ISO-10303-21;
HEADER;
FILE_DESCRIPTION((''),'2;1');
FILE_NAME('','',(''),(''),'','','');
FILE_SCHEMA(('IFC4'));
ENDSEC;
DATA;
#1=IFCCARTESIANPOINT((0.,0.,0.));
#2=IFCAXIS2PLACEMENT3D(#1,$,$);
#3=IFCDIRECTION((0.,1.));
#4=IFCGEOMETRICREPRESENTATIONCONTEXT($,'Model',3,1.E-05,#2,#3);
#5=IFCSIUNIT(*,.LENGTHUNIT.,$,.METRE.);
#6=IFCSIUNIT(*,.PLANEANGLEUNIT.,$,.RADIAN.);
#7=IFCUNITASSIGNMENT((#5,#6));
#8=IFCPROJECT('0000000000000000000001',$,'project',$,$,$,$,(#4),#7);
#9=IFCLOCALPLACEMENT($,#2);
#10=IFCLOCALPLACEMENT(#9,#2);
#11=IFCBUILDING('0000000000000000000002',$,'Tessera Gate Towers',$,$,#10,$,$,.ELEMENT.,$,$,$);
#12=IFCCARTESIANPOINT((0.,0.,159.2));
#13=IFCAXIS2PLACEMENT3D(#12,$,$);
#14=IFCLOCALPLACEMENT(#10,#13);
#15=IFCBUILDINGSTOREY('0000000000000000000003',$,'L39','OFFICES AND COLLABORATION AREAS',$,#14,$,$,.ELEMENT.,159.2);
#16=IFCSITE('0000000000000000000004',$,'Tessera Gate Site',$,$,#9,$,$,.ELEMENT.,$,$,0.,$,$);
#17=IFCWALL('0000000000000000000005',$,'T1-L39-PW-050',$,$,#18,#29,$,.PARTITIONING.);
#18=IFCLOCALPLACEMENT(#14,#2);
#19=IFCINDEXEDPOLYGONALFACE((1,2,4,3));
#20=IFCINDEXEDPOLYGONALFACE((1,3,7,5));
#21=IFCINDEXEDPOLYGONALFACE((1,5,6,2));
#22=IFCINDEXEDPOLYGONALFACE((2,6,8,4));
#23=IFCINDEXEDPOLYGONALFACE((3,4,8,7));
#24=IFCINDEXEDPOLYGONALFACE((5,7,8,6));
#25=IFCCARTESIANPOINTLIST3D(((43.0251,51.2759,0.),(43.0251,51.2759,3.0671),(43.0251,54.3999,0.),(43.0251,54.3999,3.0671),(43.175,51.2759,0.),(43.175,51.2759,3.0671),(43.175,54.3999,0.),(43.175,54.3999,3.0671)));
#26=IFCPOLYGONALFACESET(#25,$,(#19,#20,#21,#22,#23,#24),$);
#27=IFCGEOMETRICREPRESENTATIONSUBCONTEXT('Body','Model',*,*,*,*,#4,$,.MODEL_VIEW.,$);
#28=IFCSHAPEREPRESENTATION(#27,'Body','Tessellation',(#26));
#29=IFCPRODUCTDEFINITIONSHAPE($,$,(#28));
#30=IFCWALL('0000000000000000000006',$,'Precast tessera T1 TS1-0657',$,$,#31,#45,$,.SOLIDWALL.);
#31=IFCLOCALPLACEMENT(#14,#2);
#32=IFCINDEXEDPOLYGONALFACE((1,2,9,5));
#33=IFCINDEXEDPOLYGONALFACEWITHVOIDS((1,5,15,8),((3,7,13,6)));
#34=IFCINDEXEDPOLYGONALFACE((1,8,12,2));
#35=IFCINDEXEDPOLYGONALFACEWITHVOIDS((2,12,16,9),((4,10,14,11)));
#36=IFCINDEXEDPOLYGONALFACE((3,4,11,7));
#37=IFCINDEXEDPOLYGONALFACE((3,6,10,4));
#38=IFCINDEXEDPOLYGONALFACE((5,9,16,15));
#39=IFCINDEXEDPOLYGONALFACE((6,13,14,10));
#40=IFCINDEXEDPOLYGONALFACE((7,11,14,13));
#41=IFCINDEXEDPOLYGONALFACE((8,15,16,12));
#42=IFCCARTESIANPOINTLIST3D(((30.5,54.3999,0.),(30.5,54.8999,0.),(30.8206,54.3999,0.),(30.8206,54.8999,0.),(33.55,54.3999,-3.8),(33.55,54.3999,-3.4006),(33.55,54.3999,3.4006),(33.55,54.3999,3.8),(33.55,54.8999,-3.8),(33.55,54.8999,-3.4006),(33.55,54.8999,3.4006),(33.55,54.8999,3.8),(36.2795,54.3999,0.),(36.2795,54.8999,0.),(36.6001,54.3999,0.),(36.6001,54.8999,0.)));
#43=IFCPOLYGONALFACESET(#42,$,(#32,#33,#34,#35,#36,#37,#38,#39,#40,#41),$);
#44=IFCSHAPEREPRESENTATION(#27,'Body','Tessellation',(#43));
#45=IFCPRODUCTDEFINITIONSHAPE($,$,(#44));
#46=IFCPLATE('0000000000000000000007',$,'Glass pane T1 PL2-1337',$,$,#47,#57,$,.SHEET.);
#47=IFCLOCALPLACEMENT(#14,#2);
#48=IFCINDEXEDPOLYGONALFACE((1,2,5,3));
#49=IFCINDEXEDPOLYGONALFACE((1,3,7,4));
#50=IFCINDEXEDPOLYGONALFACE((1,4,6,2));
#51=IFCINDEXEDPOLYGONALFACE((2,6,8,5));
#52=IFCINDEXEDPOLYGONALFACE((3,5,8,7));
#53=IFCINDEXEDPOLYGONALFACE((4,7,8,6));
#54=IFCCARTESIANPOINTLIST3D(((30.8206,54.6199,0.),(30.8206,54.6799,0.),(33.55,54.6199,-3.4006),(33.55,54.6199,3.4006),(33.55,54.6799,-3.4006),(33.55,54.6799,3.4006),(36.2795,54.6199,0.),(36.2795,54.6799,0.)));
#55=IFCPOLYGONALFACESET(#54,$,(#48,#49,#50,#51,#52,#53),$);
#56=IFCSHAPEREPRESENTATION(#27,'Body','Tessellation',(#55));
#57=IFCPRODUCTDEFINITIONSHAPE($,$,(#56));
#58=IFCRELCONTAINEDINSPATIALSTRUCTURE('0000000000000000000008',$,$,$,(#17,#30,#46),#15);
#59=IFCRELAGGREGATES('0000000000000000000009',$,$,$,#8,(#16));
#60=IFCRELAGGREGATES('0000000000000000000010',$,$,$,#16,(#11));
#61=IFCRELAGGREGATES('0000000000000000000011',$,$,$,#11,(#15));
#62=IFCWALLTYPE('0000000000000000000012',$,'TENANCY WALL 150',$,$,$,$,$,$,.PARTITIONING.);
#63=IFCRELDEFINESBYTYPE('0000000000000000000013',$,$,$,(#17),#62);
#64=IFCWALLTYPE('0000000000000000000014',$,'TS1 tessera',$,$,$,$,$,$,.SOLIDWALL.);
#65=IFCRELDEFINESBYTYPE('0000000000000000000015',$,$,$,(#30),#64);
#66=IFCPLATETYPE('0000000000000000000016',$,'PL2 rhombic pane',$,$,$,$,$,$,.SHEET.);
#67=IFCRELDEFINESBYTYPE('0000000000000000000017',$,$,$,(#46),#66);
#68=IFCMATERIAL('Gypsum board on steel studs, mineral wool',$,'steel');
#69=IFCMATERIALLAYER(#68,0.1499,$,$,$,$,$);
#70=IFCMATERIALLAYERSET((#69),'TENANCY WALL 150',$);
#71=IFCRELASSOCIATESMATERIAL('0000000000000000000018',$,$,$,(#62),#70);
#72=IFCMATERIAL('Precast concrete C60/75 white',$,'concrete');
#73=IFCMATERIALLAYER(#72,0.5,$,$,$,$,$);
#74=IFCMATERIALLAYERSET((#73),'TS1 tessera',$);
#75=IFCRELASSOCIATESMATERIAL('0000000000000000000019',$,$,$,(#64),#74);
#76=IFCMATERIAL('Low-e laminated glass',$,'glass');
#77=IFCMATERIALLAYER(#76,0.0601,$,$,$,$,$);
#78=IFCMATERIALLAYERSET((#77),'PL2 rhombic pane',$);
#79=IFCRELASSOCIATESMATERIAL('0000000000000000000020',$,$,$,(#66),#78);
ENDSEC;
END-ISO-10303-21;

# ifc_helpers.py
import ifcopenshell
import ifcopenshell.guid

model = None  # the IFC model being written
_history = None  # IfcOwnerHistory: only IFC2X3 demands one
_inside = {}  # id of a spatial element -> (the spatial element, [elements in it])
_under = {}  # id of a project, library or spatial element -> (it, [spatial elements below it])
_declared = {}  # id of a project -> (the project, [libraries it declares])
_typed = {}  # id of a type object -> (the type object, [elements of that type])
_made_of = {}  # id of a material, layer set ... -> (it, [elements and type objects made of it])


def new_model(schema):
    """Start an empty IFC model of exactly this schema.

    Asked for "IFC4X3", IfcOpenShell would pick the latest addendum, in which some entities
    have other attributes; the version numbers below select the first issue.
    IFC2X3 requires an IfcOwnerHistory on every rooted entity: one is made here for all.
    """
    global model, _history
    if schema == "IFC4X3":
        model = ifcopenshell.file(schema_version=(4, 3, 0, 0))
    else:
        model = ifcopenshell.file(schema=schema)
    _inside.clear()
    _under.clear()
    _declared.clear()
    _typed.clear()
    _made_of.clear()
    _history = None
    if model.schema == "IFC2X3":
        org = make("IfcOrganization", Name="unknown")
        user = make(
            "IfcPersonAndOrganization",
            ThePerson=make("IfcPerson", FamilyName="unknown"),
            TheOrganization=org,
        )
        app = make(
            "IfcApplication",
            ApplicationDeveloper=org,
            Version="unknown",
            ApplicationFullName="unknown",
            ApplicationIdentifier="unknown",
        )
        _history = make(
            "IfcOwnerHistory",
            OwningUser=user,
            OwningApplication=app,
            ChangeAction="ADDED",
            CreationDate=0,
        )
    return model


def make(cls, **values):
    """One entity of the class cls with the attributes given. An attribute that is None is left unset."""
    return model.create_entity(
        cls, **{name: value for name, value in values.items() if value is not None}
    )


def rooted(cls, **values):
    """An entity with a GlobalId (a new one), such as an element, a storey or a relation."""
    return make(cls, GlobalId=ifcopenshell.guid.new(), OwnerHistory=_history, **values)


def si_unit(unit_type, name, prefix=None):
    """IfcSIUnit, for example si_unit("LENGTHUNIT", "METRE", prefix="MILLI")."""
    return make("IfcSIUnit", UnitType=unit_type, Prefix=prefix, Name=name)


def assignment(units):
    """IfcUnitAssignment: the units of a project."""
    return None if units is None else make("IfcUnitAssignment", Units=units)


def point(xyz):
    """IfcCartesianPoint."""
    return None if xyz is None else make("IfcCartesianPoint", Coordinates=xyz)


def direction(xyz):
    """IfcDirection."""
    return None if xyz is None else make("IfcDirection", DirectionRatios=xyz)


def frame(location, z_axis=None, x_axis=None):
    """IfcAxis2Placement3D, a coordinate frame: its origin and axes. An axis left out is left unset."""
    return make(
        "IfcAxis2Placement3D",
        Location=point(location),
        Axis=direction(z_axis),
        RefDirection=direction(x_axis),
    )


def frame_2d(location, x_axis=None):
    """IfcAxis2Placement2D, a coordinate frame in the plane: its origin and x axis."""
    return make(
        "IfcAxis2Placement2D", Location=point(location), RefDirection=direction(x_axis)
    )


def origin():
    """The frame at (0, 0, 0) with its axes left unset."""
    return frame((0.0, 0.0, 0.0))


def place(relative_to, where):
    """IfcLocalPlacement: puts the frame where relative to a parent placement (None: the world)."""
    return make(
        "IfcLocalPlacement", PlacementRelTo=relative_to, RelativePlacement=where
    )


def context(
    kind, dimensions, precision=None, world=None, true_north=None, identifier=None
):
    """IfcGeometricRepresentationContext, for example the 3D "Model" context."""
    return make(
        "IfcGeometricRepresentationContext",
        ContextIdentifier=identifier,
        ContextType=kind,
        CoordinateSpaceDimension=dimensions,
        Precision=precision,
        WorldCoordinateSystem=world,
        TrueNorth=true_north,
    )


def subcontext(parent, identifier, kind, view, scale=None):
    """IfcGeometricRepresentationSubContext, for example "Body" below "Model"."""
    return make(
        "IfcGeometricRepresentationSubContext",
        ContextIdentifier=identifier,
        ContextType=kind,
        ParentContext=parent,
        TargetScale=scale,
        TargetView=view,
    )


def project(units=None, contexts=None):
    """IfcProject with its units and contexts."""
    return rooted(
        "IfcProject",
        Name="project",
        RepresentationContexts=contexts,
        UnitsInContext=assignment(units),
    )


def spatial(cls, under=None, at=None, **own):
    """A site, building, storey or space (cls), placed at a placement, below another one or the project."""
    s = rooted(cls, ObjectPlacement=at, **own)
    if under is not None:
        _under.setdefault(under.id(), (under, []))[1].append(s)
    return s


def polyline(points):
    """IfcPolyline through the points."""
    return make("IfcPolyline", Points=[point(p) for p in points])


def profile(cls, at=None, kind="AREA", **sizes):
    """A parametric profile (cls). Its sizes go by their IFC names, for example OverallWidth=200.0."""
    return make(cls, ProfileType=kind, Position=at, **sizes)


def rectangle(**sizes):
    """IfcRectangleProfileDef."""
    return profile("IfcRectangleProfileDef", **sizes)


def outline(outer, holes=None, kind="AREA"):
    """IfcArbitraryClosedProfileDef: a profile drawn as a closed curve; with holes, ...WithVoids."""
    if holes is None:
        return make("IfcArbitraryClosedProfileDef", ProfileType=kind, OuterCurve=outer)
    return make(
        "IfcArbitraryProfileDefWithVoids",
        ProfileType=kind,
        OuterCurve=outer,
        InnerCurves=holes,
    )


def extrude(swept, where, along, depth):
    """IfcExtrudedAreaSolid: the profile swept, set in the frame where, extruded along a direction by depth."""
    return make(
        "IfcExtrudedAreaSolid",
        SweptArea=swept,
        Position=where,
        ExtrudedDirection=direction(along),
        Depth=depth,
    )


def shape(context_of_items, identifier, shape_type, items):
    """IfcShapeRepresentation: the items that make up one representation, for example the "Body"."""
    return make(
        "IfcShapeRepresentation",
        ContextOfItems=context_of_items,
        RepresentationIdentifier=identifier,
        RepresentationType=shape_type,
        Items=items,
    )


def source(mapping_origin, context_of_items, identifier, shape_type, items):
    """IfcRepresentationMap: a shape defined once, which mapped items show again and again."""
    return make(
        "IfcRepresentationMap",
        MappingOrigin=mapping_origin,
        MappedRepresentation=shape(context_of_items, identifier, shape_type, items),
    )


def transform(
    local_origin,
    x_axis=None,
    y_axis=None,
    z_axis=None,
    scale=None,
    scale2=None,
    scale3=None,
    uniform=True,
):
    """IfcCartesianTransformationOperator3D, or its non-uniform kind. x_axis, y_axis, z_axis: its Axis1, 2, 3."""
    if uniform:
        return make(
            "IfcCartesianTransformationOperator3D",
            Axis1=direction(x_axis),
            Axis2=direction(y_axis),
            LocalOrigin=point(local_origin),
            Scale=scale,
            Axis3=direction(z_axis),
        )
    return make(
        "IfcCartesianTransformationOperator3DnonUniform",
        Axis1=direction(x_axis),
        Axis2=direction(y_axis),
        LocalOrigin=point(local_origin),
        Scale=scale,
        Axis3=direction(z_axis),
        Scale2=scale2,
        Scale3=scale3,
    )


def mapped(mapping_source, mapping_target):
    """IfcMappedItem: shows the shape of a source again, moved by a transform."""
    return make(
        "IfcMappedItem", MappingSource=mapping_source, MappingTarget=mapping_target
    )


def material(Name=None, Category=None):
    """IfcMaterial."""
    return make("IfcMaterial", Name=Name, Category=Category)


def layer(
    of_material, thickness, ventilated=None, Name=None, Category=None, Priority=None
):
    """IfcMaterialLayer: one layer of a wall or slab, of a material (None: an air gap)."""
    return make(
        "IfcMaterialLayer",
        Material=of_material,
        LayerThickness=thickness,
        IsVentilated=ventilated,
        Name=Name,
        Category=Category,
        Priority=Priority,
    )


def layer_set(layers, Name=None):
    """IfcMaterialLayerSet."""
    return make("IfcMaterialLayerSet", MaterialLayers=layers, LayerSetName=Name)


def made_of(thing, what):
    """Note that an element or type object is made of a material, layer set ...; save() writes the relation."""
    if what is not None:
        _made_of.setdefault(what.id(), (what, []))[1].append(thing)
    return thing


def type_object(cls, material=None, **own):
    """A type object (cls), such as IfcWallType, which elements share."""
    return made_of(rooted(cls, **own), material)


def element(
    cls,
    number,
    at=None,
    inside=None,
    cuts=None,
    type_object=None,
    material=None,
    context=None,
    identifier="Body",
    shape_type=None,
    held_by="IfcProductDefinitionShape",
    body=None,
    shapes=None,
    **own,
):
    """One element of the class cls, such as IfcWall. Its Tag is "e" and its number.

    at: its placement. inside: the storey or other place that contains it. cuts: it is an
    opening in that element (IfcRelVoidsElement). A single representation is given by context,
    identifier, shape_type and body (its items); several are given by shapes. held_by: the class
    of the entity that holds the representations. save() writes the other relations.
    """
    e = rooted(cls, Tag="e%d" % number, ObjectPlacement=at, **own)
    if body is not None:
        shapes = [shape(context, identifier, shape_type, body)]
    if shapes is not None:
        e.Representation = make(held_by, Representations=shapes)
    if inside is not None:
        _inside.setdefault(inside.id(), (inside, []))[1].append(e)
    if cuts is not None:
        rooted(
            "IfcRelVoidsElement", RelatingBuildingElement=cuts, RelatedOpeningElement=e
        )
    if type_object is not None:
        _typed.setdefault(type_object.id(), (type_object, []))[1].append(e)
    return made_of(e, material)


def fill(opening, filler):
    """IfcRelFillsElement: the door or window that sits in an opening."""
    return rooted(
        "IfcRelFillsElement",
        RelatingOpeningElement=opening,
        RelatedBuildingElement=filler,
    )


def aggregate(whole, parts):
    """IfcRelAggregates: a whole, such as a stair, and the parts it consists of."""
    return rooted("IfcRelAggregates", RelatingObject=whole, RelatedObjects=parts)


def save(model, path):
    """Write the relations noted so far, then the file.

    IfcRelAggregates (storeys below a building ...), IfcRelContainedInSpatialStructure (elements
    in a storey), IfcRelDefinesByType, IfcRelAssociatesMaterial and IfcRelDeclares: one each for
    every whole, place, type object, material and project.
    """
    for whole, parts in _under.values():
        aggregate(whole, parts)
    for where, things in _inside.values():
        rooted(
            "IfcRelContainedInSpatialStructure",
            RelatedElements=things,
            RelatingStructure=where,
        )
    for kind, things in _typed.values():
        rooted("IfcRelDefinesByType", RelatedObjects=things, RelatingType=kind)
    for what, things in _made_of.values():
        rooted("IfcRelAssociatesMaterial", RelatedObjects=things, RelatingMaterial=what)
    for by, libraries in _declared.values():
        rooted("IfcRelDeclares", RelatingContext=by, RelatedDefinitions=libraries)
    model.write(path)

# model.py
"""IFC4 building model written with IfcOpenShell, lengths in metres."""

from ifc_helpers import new_model, si_unit, direction, frame, frame_2d, origin, place, context, subcontext, project, spatial, polyline, rectangle, outline, extrude, source, transform, mapped, material, layer, layer_set, type_object, element, fill, save


model = new_model("IFC4")

# Units and contexts
model_context = context("Model", 3, precision=1e-05, world=origin(), true_north=direction((0.0, 1.0)))
body_context = subcontext(model_context, "Body", "Model", "MODEL_VIEW")
ifc_project = project(units=[si_unit("LENGTHUNIT", "METRE"), si_unit("PLANEANGLEUNIT", "RADIAN")], contexts=[model_context])

# Site, building, storey
site_placement = place(None, origin())
site = spatial("IfcSite", under=ifc_project, at=site_placement, Name="Tessera Gate Site", CompositionType="ELEMENT", RefElevation=0.0)
building_placement = place(site_placement, origin())
building = spatial("IfcBuilding", under=site, at=building_placement, Name="Tessera Gate Towers", CompositionType="ELEMENT")
storey_placement = place(building_placement, frame((0.0, 0.0, 159.2)))
storey = spatial("IfcBuildingStorey", under=building, at=storey_placement, Name="L39", Description="OFFICES AND COLLABORATION AREAS", CompositionType="ELEMENT", Elevation=159.2)

# Wall
ifc_material_1 = material(Name="Gypsum board on steel studs, mineral wool", Category="steel")
ifc_layer_1 = layer(ifc_material_1, 0.1499)
ifc_layer_set_1 = layer_set([ifc_layer_1], Name="TENANCY WALL 150")
wall_type_1 = type_object("IfcWallType", Name="TENANCY WALL 150", PredefinedType="PARTITIONING", material=ifc_layer_set_1)
wall_1_placement = place(storey_placement, frame((43.1001, 51.2759, 0.0), z_axis=(0.0, 0.0, 1.0), x_axis=(0.0, 1.0, 0.0)))
element("IfcWall", 1, at=wall_1_placement, inside=storey, type_object=wall_type_1, Name="T1-L39-PW-050", PredefinedType="PARTITIONING", context=body_context, shape_type="SweptSolid", body=[
    extrude(rectangle(XDim=3.124, YDim=0.1499, at=frame_2d((1.562, 0.0))), origin(), (0.0, 0.0, 1.0), 3.0671),
])

# Wall, opening, plate
ifc_material_2 = material(Name="Precast concrete C60/75 white", Category="concrete")
ifc_layer_2 = layer(ifc_material_2, 0.5)
ifc_layer_set_2 = layer_set([ifc_layer_2], Name="TS1 tessera")
wall_type_2 = type_object("IfcWallType", Name="TS1 tessera", PredefinedType="SOLIDWALL", material=ifc_layer_set_2)
shared_shape_1 = source(origin(), body_context, "Body", "SweptSolid", [
    extrude(outline(polyline([(3.05, 0.0), (6.1001, 3.8), (3.05, 7.6001), (0.0, 3.8), (3.05, 0.0)])), frame((0.0, 0.25, 0.0), z_axis=(0.0, -1.0, 0.0), x_axis=(1.0, 0.0, 0.0)), (0.0, 0.0, 1.0), 0.5),
])
wall_2_placement = place(storey_placement, frame((36.6001, 54.6499, -3.8), z_axis=(0.0, 0.0, 1.0), x_axis=(-1.0, 0.0, 0.0)))
wall_2 = element("IfcWall", 2, at=wall_2_placement, inside=storey, type_object=wall_type_2, Name="Precast tessera T1 TS1-0657", PredefinedType="SOLIDWALL", context=body_context, shape_type="MappedRepresentation", body=[
    mapped(shared_shape_1, transform((0.0, 0.0, 0.0), scale=1.0)),
])
shared_shape_2 = source(origin(), body_context, "Body", "SweptSolid", [
    extrude(outline(polyline([(3.05, 0.3994), (5.7795, 3.8), (3.05, 7.2007), (0.3206, 3.8), (3.05, 0.3994)])), frame((0.0, 0.26, 0.0), z_axis=(0.0, -1.0, 0.0), x_axis=(1.0, 0.0, 0.0)), (0.0, 0.0, 1.0), 0.52),
])
opening_1_placement = place(wall_2_placement, origin())
opening_1 = element("IfcOpeningElement", 3, at=opening_1_placement, cuts=wall_2, PredefinedType="OPENING", context=body_context, shape_type="MappedRepresentation", body=[
    mapped(shared_shape_2, transform((0.0, 0.0, 0.0), scale=1.0)),
])
ifc_material_3 = material(Name="Low-e laminated glass", Category="glass")
ifc_layer_3 = layer(ifc_material_3, 0.0601)
ifc_layer_set_3 = layer_set([ifc_layer_3], Name="PL2 rhombic pane")
plate_type = type_object("IfcPlateType", Name="PL2 rhombic pane", PredefinedType="SHEET", material=ifc_layer_set_3)
shared_shape_3 = source(origin(), body_context, "Body", "SweptSolid", [
    extrude(outline(polyline([(3.05, 0.3994), (5.7795, 3.8), (3.05, 7.2007), (0.3206, 3.8), (3.05, 0.3994)])), frame((0.0, 0.03, 0.0), z_axis=(0.0, -1.0, 0.0), x_axis=(1.0, 0.0, 0.0)), (0.0, 0.0, 1.0), 0.0601),
])
plate_placement = place(opening_1_placement, origin())
plate = element("IfcPlate", 4, at=plate_placement, inside=storey, type_object=plate_type, Name="Glass pane T1 PL2-1337", PredefinedType="SHEET", context=body_context, shape_type="MappedRepresentation", body=[
    mapped(shared_shape_3, transform((0.0, 0.0, 0.0), scale=1.0)),
])
fill(opening_1, plate)

save(model, "model.ifc")
